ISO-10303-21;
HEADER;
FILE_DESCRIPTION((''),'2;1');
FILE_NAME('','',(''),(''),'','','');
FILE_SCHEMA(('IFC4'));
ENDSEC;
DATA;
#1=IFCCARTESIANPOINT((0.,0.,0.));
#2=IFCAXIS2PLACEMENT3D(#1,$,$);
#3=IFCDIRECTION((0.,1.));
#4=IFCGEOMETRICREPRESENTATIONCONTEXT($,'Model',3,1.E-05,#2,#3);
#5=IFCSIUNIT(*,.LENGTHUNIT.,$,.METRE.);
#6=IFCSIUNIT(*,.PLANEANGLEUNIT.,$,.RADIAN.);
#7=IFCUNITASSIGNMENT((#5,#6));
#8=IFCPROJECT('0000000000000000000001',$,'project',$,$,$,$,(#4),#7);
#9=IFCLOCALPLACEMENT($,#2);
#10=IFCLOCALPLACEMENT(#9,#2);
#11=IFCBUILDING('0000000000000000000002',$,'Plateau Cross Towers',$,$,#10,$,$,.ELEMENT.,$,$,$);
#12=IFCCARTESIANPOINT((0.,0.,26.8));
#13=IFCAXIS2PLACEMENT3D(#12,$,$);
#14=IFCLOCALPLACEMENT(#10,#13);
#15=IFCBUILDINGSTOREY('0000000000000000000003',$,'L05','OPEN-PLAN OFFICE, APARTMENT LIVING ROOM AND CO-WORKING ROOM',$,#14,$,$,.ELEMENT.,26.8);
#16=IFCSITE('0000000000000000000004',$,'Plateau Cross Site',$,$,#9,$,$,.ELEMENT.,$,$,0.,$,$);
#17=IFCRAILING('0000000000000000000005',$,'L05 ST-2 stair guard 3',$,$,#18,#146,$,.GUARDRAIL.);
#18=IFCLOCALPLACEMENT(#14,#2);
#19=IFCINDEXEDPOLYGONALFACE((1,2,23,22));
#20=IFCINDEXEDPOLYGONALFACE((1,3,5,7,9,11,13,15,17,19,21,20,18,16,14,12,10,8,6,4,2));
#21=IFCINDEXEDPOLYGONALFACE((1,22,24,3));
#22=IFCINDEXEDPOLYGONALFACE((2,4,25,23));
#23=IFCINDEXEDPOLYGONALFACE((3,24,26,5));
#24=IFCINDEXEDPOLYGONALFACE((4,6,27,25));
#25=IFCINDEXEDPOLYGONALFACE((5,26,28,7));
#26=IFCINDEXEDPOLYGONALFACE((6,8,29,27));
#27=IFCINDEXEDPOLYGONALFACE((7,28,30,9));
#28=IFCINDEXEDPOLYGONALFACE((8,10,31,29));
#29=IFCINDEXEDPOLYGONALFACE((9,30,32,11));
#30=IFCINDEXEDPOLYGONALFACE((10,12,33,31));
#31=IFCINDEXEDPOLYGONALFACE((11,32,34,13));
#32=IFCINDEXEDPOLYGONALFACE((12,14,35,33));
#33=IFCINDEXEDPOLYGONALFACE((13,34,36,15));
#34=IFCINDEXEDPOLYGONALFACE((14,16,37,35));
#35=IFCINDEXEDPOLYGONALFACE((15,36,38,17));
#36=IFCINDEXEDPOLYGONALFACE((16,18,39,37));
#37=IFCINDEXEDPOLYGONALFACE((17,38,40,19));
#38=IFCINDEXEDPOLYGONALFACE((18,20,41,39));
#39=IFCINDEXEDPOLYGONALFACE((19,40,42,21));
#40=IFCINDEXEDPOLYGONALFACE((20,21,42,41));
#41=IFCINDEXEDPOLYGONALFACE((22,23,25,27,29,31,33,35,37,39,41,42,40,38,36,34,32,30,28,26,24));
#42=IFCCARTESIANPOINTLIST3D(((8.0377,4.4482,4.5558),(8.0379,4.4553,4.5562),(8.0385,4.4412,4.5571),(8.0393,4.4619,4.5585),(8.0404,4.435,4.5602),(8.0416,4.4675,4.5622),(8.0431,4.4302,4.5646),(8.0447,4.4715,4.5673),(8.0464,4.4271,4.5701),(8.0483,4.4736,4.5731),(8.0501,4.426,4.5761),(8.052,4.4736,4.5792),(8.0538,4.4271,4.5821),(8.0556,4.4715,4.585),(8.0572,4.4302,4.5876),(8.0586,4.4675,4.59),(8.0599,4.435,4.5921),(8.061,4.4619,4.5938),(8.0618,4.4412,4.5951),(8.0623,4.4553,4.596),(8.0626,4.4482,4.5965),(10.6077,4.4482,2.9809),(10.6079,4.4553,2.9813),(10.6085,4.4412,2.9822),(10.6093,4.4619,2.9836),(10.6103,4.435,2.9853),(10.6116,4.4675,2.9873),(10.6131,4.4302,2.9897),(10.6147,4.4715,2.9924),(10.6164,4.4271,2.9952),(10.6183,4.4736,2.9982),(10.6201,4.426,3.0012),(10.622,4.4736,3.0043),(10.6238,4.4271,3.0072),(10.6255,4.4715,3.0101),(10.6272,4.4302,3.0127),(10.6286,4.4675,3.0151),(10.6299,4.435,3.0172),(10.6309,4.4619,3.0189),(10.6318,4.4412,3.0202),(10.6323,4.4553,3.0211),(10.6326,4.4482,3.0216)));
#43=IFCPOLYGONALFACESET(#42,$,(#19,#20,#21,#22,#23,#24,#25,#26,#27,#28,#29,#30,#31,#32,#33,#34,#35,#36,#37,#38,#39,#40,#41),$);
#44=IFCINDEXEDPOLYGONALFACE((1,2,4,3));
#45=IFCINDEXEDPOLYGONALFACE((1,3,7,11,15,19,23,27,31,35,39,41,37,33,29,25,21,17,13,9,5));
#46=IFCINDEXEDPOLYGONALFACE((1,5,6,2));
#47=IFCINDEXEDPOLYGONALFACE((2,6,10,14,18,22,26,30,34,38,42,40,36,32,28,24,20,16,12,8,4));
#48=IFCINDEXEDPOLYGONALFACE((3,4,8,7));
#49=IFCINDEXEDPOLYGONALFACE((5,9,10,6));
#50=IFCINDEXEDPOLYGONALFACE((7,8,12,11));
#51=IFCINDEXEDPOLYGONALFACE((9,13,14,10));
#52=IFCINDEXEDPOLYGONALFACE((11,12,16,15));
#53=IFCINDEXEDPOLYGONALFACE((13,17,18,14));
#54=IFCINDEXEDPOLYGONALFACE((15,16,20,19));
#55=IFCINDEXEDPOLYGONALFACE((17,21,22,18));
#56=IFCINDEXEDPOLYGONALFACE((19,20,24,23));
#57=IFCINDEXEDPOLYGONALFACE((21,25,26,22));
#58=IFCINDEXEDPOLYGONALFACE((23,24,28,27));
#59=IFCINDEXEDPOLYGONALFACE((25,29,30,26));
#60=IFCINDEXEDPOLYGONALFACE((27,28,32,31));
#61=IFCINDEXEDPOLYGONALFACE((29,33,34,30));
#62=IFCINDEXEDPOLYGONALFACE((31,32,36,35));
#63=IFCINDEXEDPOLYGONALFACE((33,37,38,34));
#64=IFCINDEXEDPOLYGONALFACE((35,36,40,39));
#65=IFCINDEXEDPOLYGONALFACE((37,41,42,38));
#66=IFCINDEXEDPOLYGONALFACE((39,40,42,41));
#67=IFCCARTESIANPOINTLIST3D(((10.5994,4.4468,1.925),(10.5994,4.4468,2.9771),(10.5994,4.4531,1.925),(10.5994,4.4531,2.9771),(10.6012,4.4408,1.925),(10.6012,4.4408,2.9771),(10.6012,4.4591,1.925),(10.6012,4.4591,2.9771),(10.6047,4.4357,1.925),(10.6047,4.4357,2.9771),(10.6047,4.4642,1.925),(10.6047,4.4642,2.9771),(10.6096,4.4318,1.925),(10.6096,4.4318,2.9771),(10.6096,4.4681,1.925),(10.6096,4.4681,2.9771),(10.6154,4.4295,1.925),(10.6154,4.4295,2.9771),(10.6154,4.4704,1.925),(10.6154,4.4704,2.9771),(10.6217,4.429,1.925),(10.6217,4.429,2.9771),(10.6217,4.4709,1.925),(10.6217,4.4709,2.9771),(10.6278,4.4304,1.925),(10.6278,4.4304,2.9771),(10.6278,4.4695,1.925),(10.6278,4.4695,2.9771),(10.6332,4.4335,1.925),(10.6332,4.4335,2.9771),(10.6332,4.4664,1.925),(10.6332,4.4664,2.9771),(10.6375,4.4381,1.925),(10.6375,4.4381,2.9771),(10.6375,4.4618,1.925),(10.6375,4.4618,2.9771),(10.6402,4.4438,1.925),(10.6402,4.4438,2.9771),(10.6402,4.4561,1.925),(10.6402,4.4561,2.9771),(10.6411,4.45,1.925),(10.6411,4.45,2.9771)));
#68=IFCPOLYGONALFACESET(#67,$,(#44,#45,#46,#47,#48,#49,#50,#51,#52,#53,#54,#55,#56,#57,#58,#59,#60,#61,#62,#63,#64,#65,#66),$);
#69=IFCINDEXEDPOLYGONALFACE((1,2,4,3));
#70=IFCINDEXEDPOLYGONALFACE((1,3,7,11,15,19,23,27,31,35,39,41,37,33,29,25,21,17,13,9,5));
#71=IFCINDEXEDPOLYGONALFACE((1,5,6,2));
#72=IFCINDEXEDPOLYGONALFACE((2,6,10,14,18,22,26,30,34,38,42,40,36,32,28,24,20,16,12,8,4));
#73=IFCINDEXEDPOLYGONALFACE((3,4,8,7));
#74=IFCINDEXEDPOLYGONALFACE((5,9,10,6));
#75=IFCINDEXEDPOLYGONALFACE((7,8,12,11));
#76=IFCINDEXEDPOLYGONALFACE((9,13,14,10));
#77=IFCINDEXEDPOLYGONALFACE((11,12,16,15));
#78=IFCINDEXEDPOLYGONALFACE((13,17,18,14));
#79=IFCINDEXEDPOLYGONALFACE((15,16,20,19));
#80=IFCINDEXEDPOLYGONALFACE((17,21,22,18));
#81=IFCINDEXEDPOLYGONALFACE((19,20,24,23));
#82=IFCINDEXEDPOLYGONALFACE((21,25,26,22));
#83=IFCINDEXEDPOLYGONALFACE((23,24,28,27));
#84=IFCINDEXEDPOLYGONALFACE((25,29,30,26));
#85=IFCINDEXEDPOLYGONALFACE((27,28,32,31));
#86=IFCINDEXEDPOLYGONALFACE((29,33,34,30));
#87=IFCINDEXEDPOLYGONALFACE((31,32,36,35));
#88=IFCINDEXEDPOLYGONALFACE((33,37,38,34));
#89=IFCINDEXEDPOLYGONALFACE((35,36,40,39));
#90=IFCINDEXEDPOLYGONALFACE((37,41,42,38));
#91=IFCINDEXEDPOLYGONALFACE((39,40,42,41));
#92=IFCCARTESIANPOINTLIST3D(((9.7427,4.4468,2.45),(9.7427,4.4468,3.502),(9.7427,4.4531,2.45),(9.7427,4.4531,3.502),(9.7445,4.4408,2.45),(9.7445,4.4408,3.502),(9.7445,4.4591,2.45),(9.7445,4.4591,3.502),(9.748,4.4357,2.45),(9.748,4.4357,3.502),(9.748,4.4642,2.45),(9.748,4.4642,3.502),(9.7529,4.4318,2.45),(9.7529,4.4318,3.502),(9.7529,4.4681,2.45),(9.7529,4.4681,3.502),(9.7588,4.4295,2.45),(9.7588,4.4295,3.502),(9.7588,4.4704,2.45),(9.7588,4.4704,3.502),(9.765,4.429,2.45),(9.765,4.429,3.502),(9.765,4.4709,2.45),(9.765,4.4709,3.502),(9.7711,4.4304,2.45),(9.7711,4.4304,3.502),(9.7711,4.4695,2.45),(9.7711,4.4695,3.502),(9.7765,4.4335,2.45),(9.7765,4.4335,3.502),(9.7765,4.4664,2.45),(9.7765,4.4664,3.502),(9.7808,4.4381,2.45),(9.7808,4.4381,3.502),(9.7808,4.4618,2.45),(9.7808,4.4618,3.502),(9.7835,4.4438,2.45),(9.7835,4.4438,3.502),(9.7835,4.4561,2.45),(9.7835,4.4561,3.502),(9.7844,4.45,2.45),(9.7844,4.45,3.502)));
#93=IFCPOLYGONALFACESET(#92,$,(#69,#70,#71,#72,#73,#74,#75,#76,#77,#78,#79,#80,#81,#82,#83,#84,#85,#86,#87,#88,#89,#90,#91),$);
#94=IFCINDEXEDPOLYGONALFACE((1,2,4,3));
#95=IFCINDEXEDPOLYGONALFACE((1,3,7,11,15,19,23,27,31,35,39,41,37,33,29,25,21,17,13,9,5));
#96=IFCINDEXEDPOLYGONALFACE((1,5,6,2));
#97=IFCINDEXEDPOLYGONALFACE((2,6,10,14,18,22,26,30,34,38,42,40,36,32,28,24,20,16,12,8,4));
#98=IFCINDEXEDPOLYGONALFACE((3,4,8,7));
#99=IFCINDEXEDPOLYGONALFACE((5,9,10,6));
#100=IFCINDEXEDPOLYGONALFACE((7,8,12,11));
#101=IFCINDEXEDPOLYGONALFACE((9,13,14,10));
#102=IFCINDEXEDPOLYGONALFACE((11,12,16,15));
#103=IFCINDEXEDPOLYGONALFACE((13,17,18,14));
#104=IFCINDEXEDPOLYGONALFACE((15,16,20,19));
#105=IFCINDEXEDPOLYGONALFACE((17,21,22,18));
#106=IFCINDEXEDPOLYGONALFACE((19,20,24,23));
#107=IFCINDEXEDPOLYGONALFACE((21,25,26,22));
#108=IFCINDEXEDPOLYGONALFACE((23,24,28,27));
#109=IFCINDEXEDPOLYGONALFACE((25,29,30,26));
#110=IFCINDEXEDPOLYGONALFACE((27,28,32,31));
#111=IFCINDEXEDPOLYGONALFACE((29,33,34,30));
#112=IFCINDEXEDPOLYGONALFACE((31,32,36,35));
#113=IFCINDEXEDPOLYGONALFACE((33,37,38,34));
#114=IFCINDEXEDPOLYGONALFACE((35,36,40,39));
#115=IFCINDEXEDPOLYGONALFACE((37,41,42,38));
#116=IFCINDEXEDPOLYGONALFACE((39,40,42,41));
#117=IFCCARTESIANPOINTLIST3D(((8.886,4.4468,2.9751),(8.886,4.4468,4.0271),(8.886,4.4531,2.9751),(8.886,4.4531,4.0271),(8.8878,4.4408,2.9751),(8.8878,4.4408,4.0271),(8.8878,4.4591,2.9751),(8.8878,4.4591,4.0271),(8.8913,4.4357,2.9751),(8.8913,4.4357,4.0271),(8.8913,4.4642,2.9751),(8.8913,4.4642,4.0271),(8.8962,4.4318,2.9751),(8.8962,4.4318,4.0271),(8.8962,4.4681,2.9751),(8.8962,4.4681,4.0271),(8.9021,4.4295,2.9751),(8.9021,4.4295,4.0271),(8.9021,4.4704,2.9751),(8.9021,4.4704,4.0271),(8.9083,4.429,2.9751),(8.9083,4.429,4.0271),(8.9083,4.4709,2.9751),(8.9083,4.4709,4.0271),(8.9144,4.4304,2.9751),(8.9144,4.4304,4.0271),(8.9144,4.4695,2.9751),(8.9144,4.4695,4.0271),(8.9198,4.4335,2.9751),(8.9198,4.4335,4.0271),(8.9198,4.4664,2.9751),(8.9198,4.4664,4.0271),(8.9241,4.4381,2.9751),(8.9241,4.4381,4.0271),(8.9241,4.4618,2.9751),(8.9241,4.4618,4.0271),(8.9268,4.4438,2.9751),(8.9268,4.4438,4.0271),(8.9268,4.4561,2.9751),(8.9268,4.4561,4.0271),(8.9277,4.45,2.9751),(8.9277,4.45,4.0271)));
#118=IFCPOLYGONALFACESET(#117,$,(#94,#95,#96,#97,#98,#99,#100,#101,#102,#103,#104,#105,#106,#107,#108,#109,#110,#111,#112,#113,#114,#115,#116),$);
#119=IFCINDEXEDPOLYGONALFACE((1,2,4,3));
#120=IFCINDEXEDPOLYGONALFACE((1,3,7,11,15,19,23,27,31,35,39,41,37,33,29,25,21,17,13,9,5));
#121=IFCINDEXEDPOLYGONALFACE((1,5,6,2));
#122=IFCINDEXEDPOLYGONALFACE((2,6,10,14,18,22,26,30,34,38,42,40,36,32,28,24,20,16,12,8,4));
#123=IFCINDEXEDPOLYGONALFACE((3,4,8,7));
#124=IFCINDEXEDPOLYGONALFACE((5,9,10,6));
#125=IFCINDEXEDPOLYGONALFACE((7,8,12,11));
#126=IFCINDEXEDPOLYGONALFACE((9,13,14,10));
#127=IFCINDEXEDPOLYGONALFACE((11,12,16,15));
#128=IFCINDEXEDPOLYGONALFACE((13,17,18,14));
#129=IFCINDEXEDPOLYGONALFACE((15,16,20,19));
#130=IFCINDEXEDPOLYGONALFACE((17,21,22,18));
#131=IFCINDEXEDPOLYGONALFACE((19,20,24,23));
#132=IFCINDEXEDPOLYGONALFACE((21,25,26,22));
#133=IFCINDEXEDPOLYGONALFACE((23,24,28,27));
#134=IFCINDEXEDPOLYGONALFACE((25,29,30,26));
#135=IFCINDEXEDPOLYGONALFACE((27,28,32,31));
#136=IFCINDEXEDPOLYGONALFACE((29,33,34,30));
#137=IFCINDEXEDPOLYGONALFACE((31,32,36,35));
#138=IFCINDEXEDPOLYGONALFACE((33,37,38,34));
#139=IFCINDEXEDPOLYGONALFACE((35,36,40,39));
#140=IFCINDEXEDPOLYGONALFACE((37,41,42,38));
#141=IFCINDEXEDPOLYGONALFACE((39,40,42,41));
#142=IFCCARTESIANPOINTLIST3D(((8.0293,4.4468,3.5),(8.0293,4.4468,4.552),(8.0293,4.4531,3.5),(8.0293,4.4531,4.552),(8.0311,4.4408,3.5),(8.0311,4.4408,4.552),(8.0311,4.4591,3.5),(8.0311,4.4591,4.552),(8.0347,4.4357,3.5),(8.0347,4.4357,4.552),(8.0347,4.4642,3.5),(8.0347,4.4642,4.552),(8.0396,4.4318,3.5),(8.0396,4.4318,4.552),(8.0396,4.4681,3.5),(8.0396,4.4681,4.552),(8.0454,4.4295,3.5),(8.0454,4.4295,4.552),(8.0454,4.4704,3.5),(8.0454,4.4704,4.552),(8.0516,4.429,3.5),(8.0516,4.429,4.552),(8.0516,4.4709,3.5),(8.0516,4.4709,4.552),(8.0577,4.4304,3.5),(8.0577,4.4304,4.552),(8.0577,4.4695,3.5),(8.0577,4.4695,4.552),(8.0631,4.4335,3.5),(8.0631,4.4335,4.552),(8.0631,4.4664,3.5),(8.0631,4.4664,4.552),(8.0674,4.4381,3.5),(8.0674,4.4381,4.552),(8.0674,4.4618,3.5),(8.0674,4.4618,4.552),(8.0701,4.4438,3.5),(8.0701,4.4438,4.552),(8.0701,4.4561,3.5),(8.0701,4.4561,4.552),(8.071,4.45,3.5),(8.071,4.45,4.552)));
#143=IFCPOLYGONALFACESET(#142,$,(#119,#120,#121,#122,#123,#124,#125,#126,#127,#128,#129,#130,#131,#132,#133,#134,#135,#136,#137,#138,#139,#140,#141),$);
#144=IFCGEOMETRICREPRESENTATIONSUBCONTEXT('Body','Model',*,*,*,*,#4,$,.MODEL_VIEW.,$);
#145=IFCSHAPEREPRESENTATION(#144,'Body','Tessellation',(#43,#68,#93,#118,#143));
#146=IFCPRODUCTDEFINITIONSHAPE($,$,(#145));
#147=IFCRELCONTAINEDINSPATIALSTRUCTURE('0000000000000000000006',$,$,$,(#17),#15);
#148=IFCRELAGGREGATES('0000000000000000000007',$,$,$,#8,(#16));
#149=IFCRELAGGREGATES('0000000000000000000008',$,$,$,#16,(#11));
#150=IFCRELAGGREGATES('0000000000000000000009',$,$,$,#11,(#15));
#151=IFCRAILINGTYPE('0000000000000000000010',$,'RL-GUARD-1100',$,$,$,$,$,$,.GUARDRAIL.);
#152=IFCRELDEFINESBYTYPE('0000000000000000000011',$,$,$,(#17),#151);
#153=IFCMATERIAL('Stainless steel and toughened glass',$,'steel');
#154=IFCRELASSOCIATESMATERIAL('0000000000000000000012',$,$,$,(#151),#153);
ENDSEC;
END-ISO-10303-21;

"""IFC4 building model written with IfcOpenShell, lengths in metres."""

from ifc_helpers import new_model, si_unit, direction, frame, origin, origin_2d, place, context, subcontext, project, spatial, circle, extrude, material, type_object, element, save


model = new_model("IFC4")

# Units and contexts
model_context = context("Model", 3, precision=1e-05, world=origin(), true_north=direction((0.0, 1.0)))
body_context = subcontext(model_context, "Body", "Model", "MODEL_VIEW")
ifc_project = project(units=[si_unit("LENGTHUNIT", "METRE"), si_unit("PLANEANGLEUNIT", "RADIAN")], contexts=[model_context])

# Site, building, storey
site_placement = place(None, origin())
site = spatial("IfcSite", under=ifc_project, at=site_placement, Name="Plateau Cross Site", CompositionType="ELEMENT", RefElevation=0.0)
building_placement = place(site_placement, origin())
building = spatial("IfcBuilding", under=site, at=building_placement, Name="Plateau Cross Towers", CompositionType="ELEMENT")
storey_placement = place(building_placement, frame((0.0, 0.0, 26.8)))
storey = spatial("IfcBuildingStorey", under=building, at=storey_placement, Name="L05", Description="OPEN-PLAN OFFICE, APARTMENT LIVING ROOM AND CO-WORKING ROOM", CompositionType="ELEMENT", Elevation=26.8)

# Railing
ifc_material_1 = material(Name="Stainless steel and toughened glass", Category="steel")
railing_type_1 = type_object("IfcRailingType", Name="RL-GUARD-1100", PredefinedType="GUARDRAIL", material=ifc_material_1)
railing_1_placement = place(storey_placement, frame((10.6201, 4.45, 1.925)))
element("IfcRailing", 1, at=railing_1_placement, inside=storey, type_object=railing_type_1, Name="L05 ST-2 stair guard 3", PredefinedType="GUARDRAIL", context=body_context, shape_type="SweptSolid", body=[
    extrude(circle(Radius=0.0239, at=origin_2d()), frame((0.0, 0.0, 1.0762), z_axis=(-0.852639, 0.0, 0.522501), x_axis=(0.0, -1.0, 0.0)), (0.0, 0.0, 1.0), 3.0142),
    extrude(circle(Radius=0.021, at=origin_2d()), origin(), (0.0, 0.0, 1.0), 1.052),
    extrude(circle(Radius=0.021, at=origin_2d()), frame((-0.8567, 0.0, 0.5249)), (0.0, 0.0, 1.0), 1.052),
    extrude(circle(Radius=0.021, at=origin_2d()), frame((-1.7134, 0.0, 1.05)), (0.0, 0.0, 1.0), 1.052),
    extrude(circle(Radius=0.021, at=origin_2d()), frame((-2.5701, 0.0, 1.575)), (0.0, 0.0, 1.0), 1.052),
])

save(model, "model.ifc")
